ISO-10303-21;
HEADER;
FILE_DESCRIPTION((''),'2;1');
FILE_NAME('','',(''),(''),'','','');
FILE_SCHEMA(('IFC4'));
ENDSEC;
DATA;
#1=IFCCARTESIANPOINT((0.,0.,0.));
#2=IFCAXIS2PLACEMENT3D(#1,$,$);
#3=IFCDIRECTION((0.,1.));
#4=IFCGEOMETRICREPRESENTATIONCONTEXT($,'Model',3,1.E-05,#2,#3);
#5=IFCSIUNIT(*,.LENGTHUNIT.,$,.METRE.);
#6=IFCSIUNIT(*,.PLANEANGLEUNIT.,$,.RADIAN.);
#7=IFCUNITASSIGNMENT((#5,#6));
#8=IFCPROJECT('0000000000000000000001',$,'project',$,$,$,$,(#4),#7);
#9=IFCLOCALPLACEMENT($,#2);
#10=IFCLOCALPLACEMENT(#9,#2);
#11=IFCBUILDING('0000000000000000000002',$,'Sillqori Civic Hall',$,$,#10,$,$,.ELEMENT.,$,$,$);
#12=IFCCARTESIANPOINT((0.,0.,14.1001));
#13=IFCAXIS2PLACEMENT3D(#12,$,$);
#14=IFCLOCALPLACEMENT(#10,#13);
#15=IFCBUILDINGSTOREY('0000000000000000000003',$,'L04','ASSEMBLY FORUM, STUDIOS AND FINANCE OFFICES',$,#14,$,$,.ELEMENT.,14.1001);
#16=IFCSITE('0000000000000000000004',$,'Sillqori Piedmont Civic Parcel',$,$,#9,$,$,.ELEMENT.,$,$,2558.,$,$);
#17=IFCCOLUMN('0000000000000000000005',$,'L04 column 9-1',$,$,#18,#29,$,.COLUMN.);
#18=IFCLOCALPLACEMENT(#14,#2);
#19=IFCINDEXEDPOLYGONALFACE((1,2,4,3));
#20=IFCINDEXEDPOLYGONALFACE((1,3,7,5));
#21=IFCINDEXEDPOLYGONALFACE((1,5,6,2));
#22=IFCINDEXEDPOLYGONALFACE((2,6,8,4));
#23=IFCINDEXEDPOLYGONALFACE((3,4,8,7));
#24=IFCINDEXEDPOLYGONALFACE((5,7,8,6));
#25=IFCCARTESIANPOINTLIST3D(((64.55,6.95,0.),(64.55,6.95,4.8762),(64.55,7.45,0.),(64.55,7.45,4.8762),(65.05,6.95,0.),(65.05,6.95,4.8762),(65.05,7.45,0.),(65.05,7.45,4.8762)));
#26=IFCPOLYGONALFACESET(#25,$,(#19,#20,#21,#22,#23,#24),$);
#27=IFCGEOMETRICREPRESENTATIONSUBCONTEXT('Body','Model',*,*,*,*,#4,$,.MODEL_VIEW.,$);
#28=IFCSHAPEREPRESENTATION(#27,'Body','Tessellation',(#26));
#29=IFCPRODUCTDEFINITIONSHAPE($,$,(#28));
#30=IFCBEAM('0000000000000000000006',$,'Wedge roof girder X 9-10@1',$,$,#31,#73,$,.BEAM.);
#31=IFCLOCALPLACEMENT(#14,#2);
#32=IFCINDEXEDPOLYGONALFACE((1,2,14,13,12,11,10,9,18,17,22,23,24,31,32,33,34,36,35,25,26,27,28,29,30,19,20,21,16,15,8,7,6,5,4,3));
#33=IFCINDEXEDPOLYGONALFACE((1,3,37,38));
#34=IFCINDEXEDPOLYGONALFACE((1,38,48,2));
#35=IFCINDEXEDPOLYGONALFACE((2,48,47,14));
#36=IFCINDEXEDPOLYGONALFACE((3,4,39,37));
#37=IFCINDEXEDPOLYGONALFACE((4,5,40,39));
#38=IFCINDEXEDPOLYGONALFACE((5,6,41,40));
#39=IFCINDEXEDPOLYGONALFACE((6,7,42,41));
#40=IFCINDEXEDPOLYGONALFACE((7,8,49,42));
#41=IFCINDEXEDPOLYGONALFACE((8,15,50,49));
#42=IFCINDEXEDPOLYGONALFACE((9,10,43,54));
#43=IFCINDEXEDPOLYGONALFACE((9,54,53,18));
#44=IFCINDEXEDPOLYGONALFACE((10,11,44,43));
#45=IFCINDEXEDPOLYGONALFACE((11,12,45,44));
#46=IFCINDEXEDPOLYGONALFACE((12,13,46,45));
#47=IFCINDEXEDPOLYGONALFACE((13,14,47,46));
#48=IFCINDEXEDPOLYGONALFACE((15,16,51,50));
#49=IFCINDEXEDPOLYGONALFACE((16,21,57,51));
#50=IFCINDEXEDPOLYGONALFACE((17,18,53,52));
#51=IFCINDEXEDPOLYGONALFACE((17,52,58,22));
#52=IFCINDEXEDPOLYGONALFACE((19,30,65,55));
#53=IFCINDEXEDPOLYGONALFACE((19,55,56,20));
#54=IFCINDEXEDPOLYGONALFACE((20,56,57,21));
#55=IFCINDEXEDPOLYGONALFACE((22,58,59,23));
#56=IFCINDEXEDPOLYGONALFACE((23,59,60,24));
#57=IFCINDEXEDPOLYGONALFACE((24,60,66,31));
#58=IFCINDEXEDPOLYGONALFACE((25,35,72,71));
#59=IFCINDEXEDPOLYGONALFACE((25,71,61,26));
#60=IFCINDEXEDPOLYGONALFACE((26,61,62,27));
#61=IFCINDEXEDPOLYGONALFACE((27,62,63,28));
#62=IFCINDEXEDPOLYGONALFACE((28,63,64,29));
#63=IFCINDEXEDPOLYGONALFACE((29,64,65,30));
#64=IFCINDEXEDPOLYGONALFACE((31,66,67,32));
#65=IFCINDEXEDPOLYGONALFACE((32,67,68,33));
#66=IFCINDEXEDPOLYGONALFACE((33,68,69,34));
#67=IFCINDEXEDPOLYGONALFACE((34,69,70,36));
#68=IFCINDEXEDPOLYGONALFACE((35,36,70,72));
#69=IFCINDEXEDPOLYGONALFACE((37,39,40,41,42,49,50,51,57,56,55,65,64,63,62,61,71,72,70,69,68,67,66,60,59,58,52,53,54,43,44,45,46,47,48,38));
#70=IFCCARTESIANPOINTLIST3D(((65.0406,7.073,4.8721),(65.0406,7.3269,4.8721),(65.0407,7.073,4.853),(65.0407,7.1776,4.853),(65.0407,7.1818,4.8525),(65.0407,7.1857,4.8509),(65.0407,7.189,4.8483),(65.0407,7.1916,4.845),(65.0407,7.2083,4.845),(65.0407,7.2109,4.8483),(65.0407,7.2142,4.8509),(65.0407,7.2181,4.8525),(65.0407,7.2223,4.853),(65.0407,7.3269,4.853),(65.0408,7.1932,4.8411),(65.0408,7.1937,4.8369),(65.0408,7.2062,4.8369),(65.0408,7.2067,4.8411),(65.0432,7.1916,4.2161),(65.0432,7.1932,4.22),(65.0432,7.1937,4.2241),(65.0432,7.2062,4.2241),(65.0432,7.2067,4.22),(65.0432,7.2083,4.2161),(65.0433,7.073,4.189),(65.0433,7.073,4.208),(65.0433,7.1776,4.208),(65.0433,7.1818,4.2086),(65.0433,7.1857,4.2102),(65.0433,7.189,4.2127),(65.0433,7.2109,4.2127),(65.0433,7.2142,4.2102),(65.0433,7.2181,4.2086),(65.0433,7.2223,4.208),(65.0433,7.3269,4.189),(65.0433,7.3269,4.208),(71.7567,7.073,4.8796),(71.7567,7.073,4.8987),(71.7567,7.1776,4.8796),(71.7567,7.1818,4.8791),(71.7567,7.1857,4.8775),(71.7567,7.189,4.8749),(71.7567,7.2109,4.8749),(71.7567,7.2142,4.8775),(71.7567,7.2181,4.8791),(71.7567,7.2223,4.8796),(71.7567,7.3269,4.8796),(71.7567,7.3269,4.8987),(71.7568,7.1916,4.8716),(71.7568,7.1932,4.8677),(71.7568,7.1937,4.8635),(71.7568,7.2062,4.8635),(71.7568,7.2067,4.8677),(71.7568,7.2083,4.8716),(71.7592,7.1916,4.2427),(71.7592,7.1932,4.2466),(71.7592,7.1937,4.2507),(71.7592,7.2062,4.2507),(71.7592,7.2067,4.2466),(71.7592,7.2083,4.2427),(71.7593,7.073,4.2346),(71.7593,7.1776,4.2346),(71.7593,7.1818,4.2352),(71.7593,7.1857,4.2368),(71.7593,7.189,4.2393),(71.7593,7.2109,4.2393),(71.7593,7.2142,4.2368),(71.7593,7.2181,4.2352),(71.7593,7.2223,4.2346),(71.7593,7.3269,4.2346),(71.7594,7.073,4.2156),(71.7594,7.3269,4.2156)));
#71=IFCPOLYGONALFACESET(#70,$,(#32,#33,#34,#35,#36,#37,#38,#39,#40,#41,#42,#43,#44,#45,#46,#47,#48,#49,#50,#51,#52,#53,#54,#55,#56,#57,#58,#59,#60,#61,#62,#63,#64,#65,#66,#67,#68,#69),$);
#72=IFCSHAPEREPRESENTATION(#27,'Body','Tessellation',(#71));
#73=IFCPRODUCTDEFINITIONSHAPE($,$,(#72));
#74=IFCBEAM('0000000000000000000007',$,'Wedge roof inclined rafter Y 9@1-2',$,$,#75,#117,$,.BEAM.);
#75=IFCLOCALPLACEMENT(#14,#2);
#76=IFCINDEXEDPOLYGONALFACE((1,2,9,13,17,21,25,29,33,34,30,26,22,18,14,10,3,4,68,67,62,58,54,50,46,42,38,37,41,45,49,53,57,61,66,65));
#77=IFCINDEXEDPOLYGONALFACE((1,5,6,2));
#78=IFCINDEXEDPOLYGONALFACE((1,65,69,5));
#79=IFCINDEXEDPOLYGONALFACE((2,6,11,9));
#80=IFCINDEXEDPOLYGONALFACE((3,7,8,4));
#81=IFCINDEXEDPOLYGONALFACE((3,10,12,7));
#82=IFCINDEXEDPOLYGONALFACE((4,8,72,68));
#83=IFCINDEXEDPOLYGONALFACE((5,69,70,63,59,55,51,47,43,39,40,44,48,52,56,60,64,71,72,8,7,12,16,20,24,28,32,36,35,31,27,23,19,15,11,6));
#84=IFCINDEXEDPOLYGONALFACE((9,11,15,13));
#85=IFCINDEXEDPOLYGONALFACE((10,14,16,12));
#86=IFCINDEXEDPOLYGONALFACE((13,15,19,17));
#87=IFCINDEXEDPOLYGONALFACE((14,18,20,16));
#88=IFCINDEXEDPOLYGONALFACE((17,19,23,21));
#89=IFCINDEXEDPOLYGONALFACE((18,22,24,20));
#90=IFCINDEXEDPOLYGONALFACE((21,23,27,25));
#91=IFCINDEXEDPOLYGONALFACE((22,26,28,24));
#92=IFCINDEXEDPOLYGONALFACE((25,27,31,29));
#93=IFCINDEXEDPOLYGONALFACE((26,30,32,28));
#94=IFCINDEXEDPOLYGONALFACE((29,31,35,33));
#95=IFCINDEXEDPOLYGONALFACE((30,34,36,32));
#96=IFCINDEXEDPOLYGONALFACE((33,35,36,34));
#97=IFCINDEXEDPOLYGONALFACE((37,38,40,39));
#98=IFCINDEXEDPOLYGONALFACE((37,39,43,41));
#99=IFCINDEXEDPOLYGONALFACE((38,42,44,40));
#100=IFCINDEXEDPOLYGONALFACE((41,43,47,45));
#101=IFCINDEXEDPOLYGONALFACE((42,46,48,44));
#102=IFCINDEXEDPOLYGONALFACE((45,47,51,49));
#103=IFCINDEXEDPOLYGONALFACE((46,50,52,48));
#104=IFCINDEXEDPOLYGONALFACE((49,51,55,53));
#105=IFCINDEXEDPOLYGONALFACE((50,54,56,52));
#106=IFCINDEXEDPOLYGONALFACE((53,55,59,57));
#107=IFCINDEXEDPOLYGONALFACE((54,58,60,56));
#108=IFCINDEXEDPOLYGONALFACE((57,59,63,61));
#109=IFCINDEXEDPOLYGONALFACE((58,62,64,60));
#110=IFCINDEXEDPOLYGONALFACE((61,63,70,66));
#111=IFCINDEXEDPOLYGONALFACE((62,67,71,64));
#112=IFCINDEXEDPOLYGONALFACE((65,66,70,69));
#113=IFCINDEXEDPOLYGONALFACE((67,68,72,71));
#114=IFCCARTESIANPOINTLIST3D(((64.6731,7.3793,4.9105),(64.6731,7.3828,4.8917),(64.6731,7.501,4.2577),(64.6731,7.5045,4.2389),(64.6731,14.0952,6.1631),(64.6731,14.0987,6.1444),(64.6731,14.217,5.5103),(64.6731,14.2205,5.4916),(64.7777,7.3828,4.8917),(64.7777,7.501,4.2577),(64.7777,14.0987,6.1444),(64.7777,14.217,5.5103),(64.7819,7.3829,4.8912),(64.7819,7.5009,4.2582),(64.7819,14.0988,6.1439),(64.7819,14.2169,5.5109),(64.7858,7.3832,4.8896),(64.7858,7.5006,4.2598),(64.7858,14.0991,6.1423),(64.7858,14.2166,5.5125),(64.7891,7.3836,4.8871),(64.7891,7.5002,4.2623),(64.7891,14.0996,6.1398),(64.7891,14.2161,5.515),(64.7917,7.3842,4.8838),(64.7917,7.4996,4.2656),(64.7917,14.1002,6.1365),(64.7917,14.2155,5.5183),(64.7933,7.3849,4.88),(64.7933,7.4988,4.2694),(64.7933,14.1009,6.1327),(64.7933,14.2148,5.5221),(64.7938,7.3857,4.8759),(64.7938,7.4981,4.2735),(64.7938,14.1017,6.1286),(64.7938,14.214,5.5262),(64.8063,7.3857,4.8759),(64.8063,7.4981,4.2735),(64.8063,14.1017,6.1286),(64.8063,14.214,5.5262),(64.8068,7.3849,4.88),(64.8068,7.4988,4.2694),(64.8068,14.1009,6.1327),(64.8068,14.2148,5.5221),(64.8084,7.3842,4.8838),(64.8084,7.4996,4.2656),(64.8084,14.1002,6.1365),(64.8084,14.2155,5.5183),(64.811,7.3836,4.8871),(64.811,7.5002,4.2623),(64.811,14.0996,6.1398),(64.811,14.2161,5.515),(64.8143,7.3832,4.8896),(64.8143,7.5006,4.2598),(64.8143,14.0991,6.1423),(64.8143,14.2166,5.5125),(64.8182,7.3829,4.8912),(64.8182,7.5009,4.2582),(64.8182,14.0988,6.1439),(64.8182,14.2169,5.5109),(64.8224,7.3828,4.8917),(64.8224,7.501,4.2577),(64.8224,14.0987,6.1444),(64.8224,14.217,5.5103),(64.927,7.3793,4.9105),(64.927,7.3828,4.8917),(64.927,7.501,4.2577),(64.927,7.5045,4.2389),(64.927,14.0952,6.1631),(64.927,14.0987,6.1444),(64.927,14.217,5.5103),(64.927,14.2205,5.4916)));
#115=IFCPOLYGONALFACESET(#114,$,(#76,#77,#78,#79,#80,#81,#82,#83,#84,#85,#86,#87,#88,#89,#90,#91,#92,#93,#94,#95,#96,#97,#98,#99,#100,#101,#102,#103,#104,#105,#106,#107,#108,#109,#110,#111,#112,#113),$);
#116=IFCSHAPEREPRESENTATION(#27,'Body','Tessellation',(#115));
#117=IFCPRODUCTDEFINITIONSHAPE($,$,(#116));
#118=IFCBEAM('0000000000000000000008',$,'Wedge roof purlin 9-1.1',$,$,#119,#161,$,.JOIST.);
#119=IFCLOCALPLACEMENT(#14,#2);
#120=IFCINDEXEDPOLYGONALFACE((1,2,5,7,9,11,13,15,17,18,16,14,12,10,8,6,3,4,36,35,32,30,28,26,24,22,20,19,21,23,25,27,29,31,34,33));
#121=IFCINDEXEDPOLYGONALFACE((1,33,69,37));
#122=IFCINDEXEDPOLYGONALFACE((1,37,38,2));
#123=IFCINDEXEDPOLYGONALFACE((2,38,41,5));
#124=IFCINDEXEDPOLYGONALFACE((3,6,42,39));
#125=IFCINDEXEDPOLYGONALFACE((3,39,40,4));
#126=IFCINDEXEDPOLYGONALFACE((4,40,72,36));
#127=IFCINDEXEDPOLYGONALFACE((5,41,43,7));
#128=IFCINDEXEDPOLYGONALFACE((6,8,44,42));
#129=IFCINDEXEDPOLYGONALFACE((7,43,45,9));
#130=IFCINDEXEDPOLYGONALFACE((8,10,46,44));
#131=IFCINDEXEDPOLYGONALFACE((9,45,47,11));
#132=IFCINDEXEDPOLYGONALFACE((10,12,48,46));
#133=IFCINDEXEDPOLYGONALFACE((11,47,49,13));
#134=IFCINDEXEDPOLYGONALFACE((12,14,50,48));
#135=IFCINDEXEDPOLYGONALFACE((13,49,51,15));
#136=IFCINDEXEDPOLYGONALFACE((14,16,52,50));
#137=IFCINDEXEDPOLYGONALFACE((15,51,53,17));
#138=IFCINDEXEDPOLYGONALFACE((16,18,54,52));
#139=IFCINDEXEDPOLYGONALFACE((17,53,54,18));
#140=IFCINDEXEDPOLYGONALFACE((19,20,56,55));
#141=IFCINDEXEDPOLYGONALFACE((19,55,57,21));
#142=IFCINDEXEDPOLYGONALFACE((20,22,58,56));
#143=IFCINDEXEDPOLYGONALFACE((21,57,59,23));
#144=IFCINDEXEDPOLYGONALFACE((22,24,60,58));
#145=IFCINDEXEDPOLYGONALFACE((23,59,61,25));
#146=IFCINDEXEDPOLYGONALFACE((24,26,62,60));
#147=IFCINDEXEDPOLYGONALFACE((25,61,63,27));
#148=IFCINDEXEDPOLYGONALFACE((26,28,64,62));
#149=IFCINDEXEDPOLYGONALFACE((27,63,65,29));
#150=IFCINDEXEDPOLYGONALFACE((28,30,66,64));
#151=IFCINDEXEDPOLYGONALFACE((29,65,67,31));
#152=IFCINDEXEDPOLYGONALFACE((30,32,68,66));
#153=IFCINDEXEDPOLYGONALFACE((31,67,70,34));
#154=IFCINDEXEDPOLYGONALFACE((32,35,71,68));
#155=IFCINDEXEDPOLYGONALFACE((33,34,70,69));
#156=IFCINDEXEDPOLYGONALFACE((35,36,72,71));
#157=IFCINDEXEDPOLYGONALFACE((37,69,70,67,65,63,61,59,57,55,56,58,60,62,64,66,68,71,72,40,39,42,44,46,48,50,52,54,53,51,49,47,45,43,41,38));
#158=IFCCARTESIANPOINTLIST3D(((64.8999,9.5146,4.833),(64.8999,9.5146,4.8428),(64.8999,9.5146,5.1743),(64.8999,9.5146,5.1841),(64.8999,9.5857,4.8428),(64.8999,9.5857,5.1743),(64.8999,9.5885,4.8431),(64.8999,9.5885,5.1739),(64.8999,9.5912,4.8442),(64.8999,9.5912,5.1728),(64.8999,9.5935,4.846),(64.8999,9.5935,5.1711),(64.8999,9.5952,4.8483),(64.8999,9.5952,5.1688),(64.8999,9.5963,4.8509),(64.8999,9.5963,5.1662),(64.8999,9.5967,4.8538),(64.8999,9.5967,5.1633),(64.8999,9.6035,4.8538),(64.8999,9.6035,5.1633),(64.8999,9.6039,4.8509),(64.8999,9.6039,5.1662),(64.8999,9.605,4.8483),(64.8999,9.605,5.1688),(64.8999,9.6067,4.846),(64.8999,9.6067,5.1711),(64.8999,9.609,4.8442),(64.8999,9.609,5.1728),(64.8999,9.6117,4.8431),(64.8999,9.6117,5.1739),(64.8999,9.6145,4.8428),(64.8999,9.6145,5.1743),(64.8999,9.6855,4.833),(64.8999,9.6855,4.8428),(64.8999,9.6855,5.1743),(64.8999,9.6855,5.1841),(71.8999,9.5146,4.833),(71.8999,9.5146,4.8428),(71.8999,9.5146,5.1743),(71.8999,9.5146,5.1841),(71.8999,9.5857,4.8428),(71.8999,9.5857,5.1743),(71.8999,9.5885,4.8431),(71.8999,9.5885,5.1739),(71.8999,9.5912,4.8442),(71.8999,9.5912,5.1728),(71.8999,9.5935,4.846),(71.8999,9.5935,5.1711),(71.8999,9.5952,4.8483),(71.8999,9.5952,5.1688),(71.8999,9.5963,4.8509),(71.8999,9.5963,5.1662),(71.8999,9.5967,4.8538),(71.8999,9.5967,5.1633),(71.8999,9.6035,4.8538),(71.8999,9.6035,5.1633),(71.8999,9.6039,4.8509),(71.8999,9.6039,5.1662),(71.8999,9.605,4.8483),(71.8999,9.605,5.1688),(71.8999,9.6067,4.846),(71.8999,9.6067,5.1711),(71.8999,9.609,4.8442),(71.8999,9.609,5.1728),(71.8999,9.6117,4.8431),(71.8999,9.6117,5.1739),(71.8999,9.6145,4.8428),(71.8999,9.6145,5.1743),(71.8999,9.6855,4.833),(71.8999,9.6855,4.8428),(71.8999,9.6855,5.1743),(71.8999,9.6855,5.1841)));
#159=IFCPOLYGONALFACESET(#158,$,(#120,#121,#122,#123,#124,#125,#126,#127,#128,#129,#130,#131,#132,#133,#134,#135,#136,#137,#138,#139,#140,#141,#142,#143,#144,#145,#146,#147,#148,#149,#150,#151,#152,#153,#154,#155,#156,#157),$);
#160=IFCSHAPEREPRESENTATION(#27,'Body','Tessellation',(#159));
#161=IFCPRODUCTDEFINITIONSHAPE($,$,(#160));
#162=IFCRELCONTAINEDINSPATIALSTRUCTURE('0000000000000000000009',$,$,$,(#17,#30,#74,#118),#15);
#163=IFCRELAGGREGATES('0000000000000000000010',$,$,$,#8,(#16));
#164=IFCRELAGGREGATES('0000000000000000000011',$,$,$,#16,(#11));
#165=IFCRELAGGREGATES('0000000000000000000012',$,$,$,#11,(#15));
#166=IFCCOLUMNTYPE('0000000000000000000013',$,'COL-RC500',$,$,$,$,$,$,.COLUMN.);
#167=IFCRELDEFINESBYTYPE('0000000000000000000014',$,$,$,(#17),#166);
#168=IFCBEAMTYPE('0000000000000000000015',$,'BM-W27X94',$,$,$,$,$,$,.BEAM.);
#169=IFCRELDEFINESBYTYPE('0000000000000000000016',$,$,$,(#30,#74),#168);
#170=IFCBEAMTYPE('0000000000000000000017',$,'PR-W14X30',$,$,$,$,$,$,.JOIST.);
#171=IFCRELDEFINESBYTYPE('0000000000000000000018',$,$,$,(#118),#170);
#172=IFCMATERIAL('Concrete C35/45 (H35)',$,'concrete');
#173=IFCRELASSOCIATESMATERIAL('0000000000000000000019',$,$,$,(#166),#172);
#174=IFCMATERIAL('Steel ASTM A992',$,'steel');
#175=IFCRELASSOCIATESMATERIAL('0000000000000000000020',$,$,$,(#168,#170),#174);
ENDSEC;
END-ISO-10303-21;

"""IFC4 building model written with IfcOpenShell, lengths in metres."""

from ifc_helpers import new_model, si_unit, direction, frame, origin, origin_2d, place, context, subcontext, project, spatial, rectangle, i_section, extrude, material, material_profile, profile_set, type_object, element, save


model = new_model("IFC4")

# Units and contexts
model_context = context("Model", 3, precision=1e-05, world=origin(), true_north=direction((0.0, 1.0)))
body_context = subcontext(model_context, "Body", "Model", "MODEL_VIEW")
ifc_project = project(units=[si_unit("LENGTHUNIT", "METRE"), si_unit("PLANEANGLEUNIT", "RADIAN")], contexts=[model_context])

# Site, building, storey
site_placement = place(None, origin())
site = spatial("IfcSite", under=ifc_project, at=site_placement, Name="Sillqori Piedmont Civic Parcel", CompositionType="ELEMENT", RefElevation=2558.0)
building_placement = place(site_placement, origin())
building = spatial("IfcBuilding", under=site, at=building_placement, Name="Sillqori Civic Hall", CompositionType="ELEMENT")
storey_placement = place(building_placement, frame((0.0, 0.0, 14.1001)))
storey = spatial("IfcBuildingStorey", under=building, at=storey_placement, Name="L04", Description="ASSEMBLY FORUM, STUDIOS AND FINANCE OFFICES", CompositionType="ELEMENT", Elevation=14.1001)

# Column
ifc_material_1 = material(Name="Concrete C35/45 (H35)", Category="concrete")
ifc_material_profile_1 = material_profile(ifc_material_1, rectangle(XDim=0.5, YDim=0.5, at=origin_2d()), Name="RC 500x500")
ifc_profile_set_1 = profile_set([ifc_material_profile_1], Name="Concrete C35/45 (H35)")
column_type = type_object("IfcColumnType", Name="COL-RC500", PredefinedType="COLUMN", material=ifc_profile_set_1)
column_placement = place(storey_placement, frame((64.8, 7.2, 0.0), z_axis=(0.0, 0.0, 1.0), x_axis=(1.0, 0.0, 0.0)))
element("IfcColumn", 1, at=column_placement, inside=storey, type_object=column_type, Name="L04 column 9-1", PredefinedType="COLUMN", context=body_context, shape_type="SweptSolid", body=[
    extrude(rectangle(XDim=0.5, YDim=0.5, at=origin_2d()), origin(), (0.0, 0.0, 1.0), 4.8762),
])

# Beams
ifc_material_2 = material(Name="Steel ASTM A992", Category="steel")
ifc_material_profile_2 = material_profile(ifc_material_2, i_section(OverallWidth=0.2539, OverallDepth=0.6831, WebThickness=0.0125, FlangeThickness=0.019, FilletRadius=0.0161, at=origin_2d()), Name="W27X94")
ifc_profile_set_2 = profile_set([ifc_material_profile_2], Name="Steel ASTM A992")
beam_type_1 = type_object("IfcBeamType", Name="BM-W27X94", PredefinedType="BEAM", material=ifc_profile_set_2)
beam_1_placement = place(storey_placement, frame((65.042, 7.2, 4.5305), z_axis=(0.999992, 0.0, 0.003962), x_axis=(0.0, 1.0, 0.0)))
element("IfcBeam", 2, at=beam_1_placement, inside=storey, type_object=beam_type_1, Name="Wedge roof girder X 9-10@1", PredefinedType="BEAM", context=body_context, shape_type="SweptSolid", body=[
    extrude(i_section(OverallWidth=0.2539, OverallDepth=0.6831, WebThickness=0.0125, FlangeThickness=0.019, FilletRadius=0.0161, at=origin_2d()), origin(), (0.0, 0.0, 1.0), 6.7161),
])
beam_2_placement = place(storey_placement, frame((64.8, 7.4419, 4.5747), z_axis=(0.0, 0.983046, 0.183359), x_axis=(-1.0, 0.0, 0.0)))
element("IfcBeam", 3, at=beam_2_placement, inside=storey, type_object=beam_type_1, Name="Wedge roof inclined rafter Y 9@1-2", PredefinedType="BEAM", context=body_context, shape_type="SweptSolid", body=[
    extrude(i_section(OverallWidth=0.2539, OverallDepth=0.6831, WebThickness=0.0125, FlangeThickness=0.019, FilletRadius=0.0161, at=origin_2d()), origin(), (0.0, 0.0, 1.0), 6.8318),
])
ifc_material_profile_3 = material_profile(ifc_material_2, i_section(OverallWidth=0.1709, OverallDepth=0.3511, WebThickness=0.0068, FlangeThickness=0.0098, FilletRadius=0.011, at=origin_2d()), Name="W14X30")
ifc_profile_set_3 = profile_set([ifc_material_profile_3], Name="Steel ASTM A992")
beam_type_2 = type_object("IfcBeamType", Name="PR-W14X30", PredefinedType="JOIST", material=ifc_profile_set_3)
for number, where, z_axis, x_axis, name in (
    (4, (64.8999, 9.6001, 5.0085), (1.0, 0.0, 0.0), (0.0, 1.0, 0.0), "Wedge roof purlin 9-1.1"),
):
    element("IfcBeam", number, at=place(storey_placement, frame(where, z_axis=z_axis, x_axis=x_axis)), inside=storey, type_object=beam_type_2, Name=name, PredefinedType="JOIST", context=body_context, shape_type="SweptSolid", body=[
        extrude(i_section(OverallWidth=0.1709, OverallDepth=0.3511, WebThickness=0.0068, FlangeThickness=0.0098, FilletRadius=0.011, at=origin_2d()), origin(), (0.0, 0.0, 1.0), 7.0),
    ])

save(model, "model.ifc")
